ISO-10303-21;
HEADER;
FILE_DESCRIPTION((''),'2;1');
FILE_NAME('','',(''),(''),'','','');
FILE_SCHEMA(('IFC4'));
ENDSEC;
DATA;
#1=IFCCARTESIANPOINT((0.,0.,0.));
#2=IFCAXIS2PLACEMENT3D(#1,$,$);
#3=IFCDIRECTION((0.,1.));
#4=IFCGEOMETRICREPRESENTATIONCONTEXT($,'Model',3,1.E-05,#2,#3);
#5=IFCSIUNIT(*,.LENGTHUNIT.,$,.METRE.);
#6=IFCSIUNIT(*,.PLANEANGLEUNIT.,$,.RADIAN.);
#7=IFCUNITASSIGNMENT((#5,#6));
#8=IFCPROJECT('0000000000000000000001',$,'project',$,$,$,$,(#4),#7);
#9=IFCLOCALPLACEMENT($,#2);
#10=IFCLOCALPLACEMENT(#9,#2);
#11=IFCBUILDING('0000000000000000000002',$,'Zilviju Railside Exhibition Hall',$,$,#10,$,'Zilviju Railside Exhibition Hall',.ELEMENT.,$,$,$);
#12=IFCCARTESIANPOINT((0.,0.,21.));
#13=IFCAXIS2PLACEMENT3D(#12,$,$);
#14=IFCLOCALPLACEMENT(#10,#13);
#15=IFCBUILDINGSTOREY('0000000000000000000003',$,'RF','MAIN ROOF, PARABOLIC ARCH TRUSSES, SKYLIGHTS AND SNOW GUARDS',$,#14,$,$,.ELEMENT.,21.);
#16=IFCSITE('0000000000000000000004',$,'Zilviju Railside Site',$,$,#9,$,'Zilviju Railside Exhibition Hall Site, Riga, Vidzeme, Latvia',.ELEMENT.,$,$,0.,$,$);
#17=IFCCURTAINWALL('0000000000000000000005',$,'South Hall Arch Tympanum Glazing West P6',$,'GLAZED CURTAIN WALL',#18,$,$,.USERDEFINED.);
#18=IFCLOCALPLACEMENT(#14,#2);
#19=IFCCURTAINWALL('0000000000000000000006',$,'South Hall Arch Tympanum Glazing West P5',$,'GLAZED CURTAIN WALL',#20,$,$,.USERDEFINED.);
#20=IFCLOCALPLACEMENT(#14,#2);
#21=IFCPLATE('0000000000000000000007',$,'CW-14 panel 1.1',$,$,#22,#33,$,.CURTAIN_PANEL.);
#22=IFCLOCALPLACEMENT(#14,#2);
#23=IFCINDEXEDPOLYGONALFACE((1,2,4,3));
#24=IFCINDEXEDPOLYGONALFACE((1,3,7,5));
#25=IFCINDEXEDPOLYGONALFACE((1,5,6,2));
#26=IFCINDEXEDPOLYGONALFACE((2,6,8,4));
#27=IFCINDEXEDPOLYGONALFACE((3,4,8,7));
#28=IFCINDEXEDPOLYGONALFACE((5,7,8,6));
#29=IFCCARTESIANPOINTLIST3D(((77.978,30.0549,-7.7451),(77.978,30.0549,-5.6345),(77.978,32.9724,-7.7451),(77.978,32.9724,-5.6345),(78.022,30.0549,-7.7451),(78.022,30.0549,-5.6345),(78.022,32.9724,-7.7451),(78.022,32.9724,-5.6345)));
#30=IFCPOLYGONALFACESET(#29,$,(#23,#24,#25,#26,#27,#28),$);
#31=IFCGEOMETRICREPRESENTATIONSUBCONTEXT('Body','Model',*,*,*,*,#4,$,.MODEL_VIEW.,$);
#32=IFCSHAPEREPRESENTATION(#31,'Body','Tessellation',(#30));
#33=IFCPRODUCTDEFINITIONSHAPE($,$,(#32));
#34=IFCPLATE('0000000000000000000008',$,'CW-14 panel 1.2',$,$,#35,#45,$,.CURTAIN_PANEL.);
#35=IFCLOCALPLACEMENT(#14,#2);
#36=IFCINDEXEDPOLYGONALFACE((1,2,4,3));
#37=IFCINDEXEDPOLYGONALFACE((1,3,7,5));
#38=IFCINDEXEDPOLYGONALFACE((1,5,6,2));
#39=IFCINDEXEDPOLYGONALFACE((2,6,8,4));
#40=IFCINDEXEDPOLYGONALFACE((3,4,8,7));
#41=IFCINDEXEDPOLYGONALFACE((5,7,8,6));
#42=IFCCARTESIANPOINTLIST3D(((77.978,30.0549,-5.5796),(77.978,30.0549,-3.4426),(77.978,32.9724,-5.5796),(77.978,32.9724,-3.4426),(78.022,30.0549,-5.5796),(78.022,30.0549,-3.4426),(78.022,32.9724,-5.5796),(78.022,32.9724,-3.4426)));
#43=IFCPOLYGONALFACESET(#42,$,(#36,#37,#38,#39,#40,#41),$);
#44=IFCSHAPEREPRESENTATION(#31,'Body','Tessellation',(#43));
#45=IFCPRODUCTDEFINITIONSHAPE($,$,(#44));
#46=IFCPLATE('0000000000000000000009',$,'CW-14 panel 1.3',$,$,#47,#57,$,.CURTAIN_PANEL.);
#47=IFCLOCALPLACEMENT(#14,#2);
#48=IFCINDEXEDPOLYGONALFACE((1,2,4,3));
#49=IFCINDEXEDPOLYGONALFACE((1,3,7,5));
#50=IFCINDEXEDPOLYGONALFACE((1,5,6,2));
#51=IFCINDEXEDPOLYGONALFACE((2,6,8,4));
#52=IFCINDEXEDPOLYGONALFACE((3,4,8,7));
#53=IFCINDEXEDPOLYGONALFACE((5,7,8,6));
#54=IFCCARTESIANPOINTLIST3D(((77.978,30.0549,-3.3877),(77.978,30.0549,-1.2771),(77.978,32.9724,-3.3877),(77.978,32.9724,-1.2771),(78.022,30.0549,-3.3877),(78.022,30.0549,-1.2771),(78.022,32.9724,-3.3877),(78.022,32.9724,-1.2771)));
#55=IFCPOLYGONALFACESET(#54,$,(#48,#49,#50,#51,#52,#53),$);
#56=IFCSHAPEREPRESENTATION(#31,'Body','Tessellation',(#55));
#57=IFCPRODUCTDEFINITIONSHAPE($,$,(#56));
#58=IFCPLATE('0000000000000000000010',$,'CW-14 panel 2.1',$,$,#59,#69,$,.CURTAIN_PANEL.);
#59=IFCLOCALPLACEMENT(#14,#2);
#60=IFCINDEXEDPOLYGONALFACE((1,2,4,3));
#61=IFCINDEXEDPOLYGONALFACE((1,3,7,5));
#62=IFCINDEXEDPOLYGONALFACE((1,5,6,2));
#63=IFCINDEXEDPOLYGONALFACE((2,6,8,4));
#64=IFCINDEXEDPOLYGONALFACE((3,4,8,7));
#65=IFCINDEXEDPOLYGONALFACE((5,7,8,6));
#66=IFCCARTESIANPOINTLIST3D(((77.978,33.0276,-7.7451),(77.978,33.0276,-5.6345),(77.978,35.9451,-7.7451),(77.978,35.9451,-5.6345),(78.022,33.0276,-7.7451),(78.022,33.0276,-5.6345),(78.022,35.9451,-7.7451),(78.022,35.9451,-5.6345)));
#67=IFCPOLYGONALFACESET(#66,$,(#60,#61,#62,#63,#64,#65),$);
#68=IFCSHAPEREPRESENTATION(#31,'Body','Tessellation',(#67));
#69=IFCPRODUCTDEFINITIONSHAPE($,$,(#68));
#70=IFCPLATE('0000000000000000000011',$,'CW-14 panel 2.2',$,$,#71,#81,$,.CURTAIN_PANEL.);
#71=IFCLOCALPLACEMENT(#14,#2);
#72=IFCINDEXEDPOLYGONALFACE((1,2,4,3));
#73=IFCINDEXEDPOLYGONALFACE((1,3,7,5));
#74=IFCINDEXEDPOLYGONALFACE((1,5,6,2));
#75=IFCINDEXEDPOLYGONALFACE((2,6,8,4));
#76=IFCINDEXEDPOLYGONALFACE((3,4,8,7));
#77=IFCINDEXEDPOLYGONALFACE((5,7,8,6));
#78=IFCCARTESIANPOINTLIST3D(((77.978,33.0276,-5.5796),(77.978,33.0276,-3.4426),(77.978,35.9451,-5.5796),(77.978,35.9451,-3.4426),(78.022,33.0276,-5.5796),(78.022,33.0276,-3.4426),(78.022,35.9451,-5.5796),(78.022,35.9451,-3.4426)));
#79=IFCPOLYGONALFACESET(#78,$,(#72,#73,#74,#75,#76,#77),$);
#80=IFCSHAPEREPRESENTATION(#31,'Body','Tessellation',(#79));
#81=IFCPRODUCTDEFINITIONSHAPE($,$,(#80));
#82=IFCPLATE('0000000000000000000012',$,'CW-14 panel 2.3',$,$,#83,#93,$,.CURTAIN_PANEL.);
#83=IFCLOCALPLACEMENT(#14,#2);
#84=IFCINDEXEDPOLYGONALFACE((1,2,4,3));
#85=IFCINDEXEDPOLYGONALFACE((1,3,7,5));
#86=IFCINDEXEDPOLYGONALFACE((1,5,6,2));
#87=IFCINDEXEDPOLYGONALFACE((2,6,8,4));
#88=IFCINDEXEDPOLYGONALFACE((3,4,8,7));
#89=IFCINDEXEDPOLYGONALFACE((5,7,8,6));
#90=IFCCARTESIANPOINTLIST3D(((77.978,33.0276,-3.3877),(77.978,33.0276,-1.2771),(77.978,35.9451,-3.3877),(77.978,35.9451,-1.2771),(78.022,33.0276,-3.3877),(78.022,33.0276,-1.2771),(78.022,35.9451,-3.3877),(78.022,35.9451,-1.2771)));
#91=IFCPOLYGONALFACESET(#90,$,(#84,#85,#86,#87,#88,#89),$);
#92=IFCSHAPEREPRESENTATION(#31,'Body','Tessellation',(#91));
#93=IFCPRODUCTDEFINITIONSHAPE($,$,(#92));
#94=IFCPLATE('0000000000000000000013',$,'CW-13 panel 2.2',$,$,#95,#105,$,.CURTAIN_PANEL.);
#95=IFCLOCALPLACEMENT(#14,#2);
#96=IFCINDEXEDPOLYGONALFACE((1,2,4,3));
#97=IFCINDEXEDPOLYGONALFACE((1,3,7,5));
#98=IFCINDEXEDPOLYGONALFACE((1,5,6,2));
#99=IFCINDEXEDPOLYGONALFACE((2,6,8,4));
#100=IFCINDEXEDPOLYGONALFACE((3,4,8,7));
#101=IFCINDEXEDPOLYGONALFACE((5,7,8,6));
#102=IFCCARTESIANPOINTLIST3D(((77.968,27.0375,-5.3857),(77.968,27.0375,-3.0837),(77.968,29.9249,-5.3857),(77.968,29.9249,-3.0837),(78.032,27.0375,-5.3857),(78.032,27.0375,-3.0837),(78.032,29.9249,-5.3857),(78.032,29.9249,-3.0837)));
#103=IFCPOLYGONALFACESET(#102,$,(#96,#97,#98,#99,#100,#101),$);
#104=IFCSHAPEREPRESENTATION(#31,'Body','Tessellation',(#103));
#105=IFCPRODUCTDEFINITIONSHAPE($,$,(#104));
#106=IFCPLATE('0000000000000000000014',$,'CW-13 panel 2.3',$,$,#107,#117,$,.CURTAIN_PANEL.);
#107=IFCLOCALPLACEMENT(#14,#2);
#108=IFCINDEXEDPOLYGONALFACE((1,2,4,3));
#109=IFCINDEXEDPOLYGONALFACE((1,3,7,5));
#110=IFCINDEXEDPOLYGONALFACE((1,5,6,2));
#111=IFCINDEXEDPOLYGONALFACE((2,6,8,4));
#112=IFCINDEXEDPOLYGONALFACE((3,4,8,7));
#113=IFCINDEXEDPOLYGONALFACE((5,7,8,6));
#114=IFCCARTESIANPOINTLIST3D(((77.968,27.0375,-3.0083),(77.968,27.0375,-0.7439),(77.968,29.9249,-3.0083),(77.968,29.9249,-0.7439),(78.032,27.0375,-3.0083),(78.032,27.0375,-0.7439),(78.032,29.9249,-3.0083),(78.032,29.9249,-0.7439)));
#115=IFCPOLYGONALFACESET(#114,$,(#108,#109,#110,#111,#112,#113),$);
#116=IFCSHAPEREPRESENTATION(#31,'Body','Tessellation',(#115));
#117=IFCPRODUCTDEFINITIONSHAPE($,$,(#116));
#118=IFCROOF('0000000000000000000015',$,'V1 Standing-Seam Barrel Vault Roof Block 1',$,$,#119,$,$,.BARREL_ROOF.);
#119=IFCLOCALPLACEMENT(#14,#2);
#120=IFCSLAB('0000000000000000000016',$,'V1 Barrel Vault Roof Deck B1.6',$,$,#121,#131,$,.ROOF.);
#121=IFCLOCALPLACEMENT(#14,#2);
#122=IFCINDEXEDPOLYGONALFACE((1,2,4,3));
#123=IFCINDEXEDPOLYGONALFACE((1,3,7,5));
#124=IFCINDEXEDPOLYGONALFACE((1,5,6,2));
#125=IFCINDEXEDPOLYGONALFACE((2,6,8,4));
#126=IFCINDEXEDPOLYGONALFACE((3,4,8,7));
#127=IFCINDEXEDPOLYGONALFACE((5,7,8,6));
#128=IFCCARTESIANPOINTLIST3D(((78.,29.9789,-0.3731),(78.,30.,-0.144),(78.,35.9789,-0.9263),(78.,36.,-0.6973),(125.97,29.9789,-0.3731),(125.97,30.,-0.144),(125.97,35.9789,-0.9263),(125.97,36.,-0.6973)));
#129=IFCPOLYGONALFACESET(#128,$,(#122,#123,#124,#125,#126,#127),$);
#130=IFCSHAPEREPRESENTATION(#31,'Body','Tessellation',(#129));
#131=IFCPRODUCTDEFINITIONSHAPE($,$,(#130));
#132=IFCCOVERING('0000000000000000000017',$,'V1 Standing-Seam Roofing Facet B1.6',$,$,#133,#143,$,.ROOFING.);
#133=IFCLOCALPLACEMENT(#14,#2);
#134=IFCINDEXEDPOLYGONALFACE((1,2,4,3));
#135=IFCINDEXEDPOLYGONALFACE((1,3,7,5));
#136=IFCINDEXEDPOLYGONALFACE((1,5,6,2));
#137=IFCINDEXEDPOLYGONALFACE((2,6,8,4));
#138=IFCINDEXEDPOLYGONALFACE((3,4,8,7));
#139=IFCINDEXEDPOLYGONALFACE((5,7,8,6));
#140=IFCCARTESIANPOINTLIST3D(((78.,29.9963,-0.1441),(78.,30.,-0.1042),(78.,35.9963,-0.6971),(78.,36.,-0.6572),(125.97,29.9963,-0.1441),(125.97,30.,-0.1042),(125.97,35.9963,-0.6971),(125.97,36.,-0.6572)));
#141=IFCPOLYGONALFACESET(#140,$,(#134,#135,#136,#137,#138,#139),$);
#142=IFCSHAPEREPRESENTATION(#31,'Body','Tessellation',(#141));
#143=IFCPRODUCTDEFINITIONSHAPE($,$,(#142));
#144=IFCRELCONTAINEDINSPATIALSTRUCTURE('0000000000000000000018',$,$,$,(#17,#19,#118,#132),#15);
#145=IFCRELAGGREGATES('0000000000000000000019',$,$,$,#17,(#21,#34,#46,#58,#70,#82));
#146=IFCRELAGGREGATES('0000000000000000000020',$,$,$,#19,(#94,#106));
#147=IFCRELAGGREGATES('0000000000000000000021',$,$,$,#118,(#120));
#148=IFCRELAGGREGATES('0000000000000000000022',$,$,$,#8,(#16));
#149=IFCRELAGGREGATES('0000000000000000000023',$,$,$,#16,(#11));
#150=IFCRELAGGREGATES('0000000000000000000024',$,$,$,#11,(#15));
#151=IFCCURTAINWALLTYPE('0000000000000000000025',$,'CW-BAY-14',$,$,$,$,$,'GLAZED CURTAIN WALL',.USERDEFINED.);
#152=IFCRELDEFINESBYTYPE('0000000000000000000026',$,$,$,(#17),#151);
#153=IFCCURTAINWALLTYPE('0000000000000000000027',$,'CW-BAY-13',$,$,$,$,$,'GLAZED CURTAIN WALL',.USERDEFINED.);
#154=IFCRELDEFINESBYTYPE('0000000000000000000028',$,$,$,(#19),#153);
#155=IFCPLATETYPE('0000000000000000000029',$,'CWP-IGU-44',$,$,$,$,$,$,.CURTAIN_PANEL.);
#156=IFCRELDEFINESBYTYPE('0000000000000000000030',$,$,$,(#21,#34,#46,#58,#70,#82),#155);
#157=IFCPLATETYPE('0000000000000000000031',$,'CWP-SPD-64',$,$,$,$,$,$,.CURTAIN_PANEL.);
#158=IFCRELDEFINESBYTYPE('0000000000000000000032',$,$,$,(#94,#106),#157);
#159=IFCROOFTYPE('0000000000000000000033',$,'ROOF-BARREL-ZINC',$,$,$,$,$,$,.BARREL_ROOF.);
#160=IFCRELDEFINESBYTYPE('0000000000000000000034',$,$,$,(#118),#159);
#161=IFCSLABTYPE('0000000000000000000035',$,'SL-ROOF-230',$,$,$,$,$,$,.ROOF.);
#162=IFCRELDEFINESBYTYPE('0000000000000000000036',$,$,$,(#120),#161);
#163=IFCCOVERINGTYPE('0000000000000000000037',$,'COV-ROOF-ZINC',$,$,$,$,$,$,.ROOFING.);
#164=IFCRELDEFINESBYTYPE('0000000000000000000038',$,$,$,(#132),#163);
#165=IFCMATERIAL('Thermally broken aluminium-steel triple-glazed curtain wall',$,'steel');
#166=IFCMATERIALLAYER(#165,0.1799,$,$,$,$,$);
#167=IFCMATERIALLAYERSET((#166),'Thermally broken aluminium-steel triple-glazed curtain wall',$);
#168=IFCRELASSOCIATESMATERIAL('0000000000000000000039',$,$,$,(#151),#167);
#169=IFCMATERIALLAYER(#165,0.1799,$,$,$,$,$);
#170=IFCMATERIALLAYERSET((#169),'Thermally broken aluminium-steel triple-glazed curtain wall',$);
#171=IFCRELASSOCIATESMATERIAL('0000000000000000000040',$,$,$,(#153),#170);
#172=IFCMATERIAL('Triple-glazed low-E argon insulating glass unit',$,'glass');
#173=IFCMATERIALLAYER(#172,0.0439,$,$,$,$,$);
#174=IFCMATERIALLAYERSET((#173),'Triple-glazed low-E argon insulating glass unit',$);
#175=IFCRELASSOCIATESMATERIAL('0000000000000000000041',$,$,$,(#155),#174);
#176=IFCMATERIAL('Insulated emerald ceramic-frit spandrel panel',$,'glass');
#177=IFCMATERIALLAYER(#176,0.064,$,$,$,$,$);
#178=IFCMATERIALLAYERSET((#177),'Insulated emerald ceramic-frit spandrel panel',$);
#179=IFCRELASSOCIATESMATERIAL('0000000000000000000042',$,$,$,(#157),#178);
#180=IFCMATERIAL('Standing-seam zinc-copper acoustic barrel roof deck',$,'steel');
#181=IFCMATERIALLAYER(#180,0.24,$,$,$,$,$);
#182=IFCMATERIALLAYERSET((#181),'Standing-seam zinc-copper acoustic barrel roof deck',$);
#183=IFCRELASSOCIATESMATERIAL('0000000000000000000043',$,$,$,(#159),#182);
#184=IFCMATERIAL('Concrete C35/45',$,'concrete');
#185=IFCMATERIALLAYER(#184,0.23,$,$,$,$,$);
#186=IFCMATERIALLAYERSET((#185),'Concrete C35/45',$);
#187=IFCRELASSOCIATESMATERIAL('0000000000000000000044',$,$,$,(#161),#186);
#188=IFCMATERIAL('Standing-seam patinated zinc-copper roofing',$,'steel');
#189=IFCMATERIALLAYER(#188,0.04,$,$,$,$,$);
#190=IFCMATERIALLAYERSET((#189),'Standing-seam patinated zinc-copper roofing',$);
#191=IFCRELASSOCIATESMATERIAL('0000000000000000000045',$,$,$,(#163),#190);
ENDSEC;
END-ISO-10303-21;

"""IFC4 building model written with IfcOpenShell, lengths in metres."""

from ifc_helpers import new_model, si_unit, direction, frame, origin, origin_2d, place, context, subcontext, project, spatial, polyline, rectangle, outline, extrude, material, layer, layer_set, type_object, element, aggregate, save


model = new_model("IFC4")

# Units and contexts
model_context = context("Model", 3, precision=1e-05, world=origin(), true_north=direction((0.0, 1.0)))
body_context = subcontext(model_context, "Body", "Model", "MODEL_VIEW")
ifc_project = project(units=[si_unit("LENGTHUNIT", "METRE"), si_unit("PLANEANGLEUNIT", "RADIAN")], contexts=[model_context])

# Site, building, storey
site_placement = place(None, origin())
site = spatial("IfcSite", under=ifc_project, at=site_placement, Name="Zilviju Railside Site", LongName="Zilviju Railside Exhibition Hall Site, Riga, Vidzeme, Latvia", CompositionType="ELEMENT", RefElevation=0.0)
building_placement = place(site_placement, origin())
building = spatial("IfcBuilding", under=site, at=building_placement, Name="Zilviju Railside Exhibition Hall", LongName="Zilviju Railside Exhibition Hall", CompositionType="ELEMENT")
storey_placement = place(building_placement, frame((0.0, 0.0, 21.0)))
storey = spatial("IfcBuildingStorey", under=building, at=storey_placement, Name="RF", Description="MAIN ROOF, PARABOLIC ARCH TRUSSES, SKYLIGHTS AND SNOW GUARDS", CompositionType="ELEMENT", Elevation=21.0)

# Curtain wall
ifc_material_1 = material(Name="Thermally broken aluminium-steel triple-glazed curtain wall", Category="steel")
ifc_layer_1 = layer(ifc_material_1, 0.1799)
ifc_layer_set_1 = layer_set([ifc_layer_1], Name="Thermally broken aluminium-steel triple-glazed curtain wall")
curtain_wall_type_1 = type_object("IfcCurtainWallType", Name="CW-BAY-14", ElementType="GLAZED CURTAIN WALL", PredefinedType="USERDEFINED", material=ifc_layer_set_1)
curtain_wall_1_placement = place(storey_placement, origin())
curtain_wall_1 = element("IfcCurtainWall", 1, at=curtain_wall_1_placement, inside=storey, type_object=curtain_wall_type_1, Name="South Hall Arch Tympanum Glazing West P6", ObjectType="GLAZED CURTAIN WALL", PredefinedType="USERDEFINED")

# Curtain wall
ifc_layer_2 = layer(ifc_material_1, 0.1799)
ifc_layer_set_2 = layer_set([ifc_layer_2], Name="Thermally broken aluminium-steel triple-glazed curtain wall")
curtain_wall_type_2 = type_object("IfcCurtainWallType", Name="CW-BAY-13", ElementType="GLAZED CURTAIN WALL", PredefinedType="USERDEFINED", material=ifc_layer_set_2)
curtain_wall_2_placement = place(storey_placement, origin())
curtain_wall_2 = element("IfcCurtainWall", 2, at=curtain_wall_2_placement, inside=storey, type_object=curtain_wall_type_2, Name="South Hall Arch Tympanum Glazing West P5", ObjectType="GLAZED CURTAIN WALL", PredefinedType="USERDEFINED")

# Plates
ifc_material_2 = material(Name="Triple-glazed low-E argon insulating glass unit", Category="glass")
ifc_layer_3 = layer(ifc_material_2, 0.0439)
ifc_layer_set_3 = layer_set([ifc_layer_3], Name="Triple-glazed low-E argon insulating glass unit")
plate_type_1 = type_object("IfcPlateType", Name="CWP-IGU-44", PredefinedType="CURTAIN_PANEL", material=ifc_layer_set_3)
plate_1_placement = place(storey_placement, frame((78.0, 31.5137, -7.7451), z_axis=(0.0, 0.0, 1.0), x_axis=(0.0, 1.0, 0.0)))
plate_1 = element("IfcPlate", 3, at=plate_1_placement, type_object=plate_type_1, Name="CW-14 panel 1.1", PredefinedType="CURTAIN_PANEL", context=body_context, shape_type="SweptSolid", body=[
    extrude(rectangle(XDim=2.9175, YDim=0.0439, at=origin_2d()), origin(), (0.0, 0.0, 1.0), 2.1106),
])
plate_2_placement = place(storey_placement, frame((78.0, 31.5137, -5.5796), z_axis=(0.0, 0.0, 1.0), x_axis=(0.0, 1.0, 0.0)))
plate_2 = element("IfcPlate", 4, at=plate_2_placement, type_object=plate_type_1, Name="CW-14 panel 1.2", PredefinedType="CURTAIN_PANEL", context=body_context, shape_type="SweptSolid", body=[
    extrude(rectangle(XDim=2.9175, YDim=0.0439, at=origin_2d()), origin(), (0.0, 0.0, 1.0), 2.137),
])
plate_3_placement = place(storey_placement, frame((78.0, 31.5137, -3.3877), z_axis=(0.0, 0.0, 1.0), x_axis=(0.0, 1.0, 0.0)))
plate_3 = element("IfcPlate", 5, at=plate_3_placement, type_object=plate_type_1, Name="CW-14 panel 1.3", PredefinedType="CURTAIN_PANEL", context=body_context, shape_type="SweptSolid", body=[
    extrude(rectangle(XDim=2.9175, YDim=0.0439, at=origin_2d()), origin(), (0.0, 0.0, 1.0), 2.1106),
])
plate_4_placement = place(storey_placement, frame((78.0, 34.4863, -7.7451), z_axis=(0.0, 0.0, 1.0), x_axis=(0.0, 1.0, 0.0)))
plate_4 = element("IfcPlate", 6, at=plate_4_placement, type_object=plate_type_1, Name="CW-14 panel 2.1", PredefinedType="CURTAIN_PANEL", context=body_context, shape_type="SweptSolid", body=[
    extrude(rectangle(XDim=2.9175, YDim=0.0439, at=origin_2d()), origin(), (0.0, 0.0, 1.0), 2.1106),
])
plate_5_placement = place(storey_placement, frame((78.0, 34.4863, -5.5796), z_axis=(0.0, 0.0, 1.0), x_axis=(0.0, 1.0, 0.0)))
plate_5 = element("IfcPlate", 7, at=plate_5_placement, type_object=plate_type_1, Name="CW-14 panel 2.2", PredefinedType="CURTAIN_PANEL", context=body_context, shape_type="SweptSolid", body=[
    extrude(rectangle(XDim=2.9175, YDim=0.0439, at=origin_2d()), origin(), (0.0, 0.0, 1.0), 2.137),
])
plate_6_placement = place(storey_placement, frame((78.0, 34.4863, -3.3877), z_axis=(0.0, 0.0, 1.0), x_axis=(0.0, 1.0, 0.0)))
plate_6 = element("IfcPlate", 8, at=plate_6_placement, type_object=plate_type_1, Name="CW-14 panel 2.3", PredefinedType="CURTAIN_PANEL", context=body_context, shape_type="SweptSolid", body=[
    extrude(rectangle(XDim=2.9175, YDim=0.0439, at=origin_2d()), origin(), (0.0, 0.0, 1.0), 2.1106),
])
aggregate(curtain_wall_1, [plate_1, plate_2, plate_3, plate_4, plate_5, plate_6])
ifc_material_3 = material(Name="Insulated emerald ceramic-frit spandrel panel", Category="glass")
ifc_layer_4 = layer(ifc_material_3, 0.064)
ifc_layer_set_4 = layer_set([ifc_layer_4], Name="Insulated emerald ceramic-frit spandrel panel")
plate_type_2 = type_object("IfcPlateType", Name="CWP-SPD-64", PredefinedType="CURTAIN_PANEL", material=ifc_layer_set_4)
plate_7_placement = place(storey_placement, frame((78.0, 28.4812, -5.3857), z_axis=(0.0, 0.0, 1.0), x_axis=(0.0, 1.0, 0.0)))
plate_7 = element("IfcPlate", 9, at=plate_7_placement, type_object=plate_type_2, Name="CW-13 panel 2.2", PredefinedType="CURTAIN_PANEL", context=body_context, shape_type="SweptSolid", body=[
    extrude(rectangle(XDim=2.8875, YDim=0.064, at=origin_2d()), origin(), (0.0, 0.0, 1.0), 2.302),
])
plate_8_placement = place(storey_placement, frame((78.0, 28.4812, -3.0083), z_axis=(0.0, 0.0, 1.0), x_axis=(0.0, 1.0, 0.0)))
plate_8 = element("IfcPlate", 10, at=plate_8_placement, type_object=plate_type_2, Name="CW-13 panel 2.3", PredefinedType="CURTAIN_PANEL", context=body_context, shape_type="SweptSolid", body=[
    extrude(rectangle(XDim=2.8875, YDim=0.064, at=origin_2d()), origin(), (0.0, 0.0, 1.0), 2.2644),
])
aggregate(curtain_wall_2, [plate_7, plate_8])

# Roof, slab
ifc_material_4 = material(Name="Standing-seam zinc-copper acoustic barrel roof deck", Category="steel")
ifc_layer_5 = layer(ifc_material_4, 0.24)
ifc_layer_set_5 = layer_set([ifc_layer_5], Name="Standing-seam zinc-copper acoustic barrel roof deck")
roof_type = type_object("IfcRoofType", Name="ROOF-BARREL-ZINC", PredefinedType="BARREL_ROOF", material=ifc_layer_set_5)
roof_placement = place(storey_placement, origin())
roof = element("IfcRoof", 11, at=roof_placement, inside=storey, type_object=roof_type, Name="V1 Standing-Seam Barrel Vault Roof Block 1", PredefinedType="BARREL_ROOF")
ifc_material_5 = material(Name="Concrete C35/45", Category="concrete")
ifc_layer_6 = layer(ifc_material_5, 0.23)
ifc_layer_set_6 = layer_set([ifc_layer_6], Name="Concrete C35/45")
slab_type = type_object("IfcSlabType", Name="SL-ROOF-230", PredefinedType="ROOF", material=ifc_layer_set_6)
slab_placement = place(storey_placement, frame((78.0, 30.0, -0.144), z_axis=(0.0, 0.091814, 0.995776), x_axis=(1.0, 0.0, 0.0)))
slab = element("IfcSlab", 12, at=slab_placement, type_object=slab_type, Name="V1 Barrel Vault Roof Deck B1.6", PredefinedType="ROOF", context=body_context, shape_type="SweptSolid", body=[
    extrude(outline(polyline([(0.0, 0.0), (47.97, 0.0), (47.97, 6.0255), (0.0, 6.0255), (0.0, 0.0)])), origin(), (0.0, 0.0, -1.0), 0.23),
])
aggregate(roof, [slab])

# Covering
ifc_material_6 = material(Name="Standing-seam patinated zinc-copper roofing", Category="steel")
ifc_layer_7 = layer(ifc_material_6, 0.04)
ifc_layer_set_7 = layer_set([ifc_layer_7], Name="Standing-seam patinated zinc-copper roofing")
covering_type = type_object("IfcCoveringType", Name="COV-ROOF-ZINC", PredefinedType="ROOFING", material=ifc_layer_set_7)
covering_placement = place(storey_placement, frame((78.0, 30.0, -0.1042), z_axis=(0.0, 0.091774, 0.99578), x_axis=(1.0, 0.0, 0.0)))
element("IfcCovering", 13, at=covering_placement, inside=storey, type_object=covering_type, Name="V1 Standing-Seam Roofing Facet B1.6", PredefinedType="ROOFING", context=body_context, shape_type="SweptSolid", body=[
    extrude(outline(polyline([(0.0, 0.0), (47.97, 0.0), (47.97, 6.0254), (0.0, 6.0254), (0.0, 0.0)])), origin(), (0.0, 0.0, -1.0), 0.04),
])

save(model, "model.ifc")
